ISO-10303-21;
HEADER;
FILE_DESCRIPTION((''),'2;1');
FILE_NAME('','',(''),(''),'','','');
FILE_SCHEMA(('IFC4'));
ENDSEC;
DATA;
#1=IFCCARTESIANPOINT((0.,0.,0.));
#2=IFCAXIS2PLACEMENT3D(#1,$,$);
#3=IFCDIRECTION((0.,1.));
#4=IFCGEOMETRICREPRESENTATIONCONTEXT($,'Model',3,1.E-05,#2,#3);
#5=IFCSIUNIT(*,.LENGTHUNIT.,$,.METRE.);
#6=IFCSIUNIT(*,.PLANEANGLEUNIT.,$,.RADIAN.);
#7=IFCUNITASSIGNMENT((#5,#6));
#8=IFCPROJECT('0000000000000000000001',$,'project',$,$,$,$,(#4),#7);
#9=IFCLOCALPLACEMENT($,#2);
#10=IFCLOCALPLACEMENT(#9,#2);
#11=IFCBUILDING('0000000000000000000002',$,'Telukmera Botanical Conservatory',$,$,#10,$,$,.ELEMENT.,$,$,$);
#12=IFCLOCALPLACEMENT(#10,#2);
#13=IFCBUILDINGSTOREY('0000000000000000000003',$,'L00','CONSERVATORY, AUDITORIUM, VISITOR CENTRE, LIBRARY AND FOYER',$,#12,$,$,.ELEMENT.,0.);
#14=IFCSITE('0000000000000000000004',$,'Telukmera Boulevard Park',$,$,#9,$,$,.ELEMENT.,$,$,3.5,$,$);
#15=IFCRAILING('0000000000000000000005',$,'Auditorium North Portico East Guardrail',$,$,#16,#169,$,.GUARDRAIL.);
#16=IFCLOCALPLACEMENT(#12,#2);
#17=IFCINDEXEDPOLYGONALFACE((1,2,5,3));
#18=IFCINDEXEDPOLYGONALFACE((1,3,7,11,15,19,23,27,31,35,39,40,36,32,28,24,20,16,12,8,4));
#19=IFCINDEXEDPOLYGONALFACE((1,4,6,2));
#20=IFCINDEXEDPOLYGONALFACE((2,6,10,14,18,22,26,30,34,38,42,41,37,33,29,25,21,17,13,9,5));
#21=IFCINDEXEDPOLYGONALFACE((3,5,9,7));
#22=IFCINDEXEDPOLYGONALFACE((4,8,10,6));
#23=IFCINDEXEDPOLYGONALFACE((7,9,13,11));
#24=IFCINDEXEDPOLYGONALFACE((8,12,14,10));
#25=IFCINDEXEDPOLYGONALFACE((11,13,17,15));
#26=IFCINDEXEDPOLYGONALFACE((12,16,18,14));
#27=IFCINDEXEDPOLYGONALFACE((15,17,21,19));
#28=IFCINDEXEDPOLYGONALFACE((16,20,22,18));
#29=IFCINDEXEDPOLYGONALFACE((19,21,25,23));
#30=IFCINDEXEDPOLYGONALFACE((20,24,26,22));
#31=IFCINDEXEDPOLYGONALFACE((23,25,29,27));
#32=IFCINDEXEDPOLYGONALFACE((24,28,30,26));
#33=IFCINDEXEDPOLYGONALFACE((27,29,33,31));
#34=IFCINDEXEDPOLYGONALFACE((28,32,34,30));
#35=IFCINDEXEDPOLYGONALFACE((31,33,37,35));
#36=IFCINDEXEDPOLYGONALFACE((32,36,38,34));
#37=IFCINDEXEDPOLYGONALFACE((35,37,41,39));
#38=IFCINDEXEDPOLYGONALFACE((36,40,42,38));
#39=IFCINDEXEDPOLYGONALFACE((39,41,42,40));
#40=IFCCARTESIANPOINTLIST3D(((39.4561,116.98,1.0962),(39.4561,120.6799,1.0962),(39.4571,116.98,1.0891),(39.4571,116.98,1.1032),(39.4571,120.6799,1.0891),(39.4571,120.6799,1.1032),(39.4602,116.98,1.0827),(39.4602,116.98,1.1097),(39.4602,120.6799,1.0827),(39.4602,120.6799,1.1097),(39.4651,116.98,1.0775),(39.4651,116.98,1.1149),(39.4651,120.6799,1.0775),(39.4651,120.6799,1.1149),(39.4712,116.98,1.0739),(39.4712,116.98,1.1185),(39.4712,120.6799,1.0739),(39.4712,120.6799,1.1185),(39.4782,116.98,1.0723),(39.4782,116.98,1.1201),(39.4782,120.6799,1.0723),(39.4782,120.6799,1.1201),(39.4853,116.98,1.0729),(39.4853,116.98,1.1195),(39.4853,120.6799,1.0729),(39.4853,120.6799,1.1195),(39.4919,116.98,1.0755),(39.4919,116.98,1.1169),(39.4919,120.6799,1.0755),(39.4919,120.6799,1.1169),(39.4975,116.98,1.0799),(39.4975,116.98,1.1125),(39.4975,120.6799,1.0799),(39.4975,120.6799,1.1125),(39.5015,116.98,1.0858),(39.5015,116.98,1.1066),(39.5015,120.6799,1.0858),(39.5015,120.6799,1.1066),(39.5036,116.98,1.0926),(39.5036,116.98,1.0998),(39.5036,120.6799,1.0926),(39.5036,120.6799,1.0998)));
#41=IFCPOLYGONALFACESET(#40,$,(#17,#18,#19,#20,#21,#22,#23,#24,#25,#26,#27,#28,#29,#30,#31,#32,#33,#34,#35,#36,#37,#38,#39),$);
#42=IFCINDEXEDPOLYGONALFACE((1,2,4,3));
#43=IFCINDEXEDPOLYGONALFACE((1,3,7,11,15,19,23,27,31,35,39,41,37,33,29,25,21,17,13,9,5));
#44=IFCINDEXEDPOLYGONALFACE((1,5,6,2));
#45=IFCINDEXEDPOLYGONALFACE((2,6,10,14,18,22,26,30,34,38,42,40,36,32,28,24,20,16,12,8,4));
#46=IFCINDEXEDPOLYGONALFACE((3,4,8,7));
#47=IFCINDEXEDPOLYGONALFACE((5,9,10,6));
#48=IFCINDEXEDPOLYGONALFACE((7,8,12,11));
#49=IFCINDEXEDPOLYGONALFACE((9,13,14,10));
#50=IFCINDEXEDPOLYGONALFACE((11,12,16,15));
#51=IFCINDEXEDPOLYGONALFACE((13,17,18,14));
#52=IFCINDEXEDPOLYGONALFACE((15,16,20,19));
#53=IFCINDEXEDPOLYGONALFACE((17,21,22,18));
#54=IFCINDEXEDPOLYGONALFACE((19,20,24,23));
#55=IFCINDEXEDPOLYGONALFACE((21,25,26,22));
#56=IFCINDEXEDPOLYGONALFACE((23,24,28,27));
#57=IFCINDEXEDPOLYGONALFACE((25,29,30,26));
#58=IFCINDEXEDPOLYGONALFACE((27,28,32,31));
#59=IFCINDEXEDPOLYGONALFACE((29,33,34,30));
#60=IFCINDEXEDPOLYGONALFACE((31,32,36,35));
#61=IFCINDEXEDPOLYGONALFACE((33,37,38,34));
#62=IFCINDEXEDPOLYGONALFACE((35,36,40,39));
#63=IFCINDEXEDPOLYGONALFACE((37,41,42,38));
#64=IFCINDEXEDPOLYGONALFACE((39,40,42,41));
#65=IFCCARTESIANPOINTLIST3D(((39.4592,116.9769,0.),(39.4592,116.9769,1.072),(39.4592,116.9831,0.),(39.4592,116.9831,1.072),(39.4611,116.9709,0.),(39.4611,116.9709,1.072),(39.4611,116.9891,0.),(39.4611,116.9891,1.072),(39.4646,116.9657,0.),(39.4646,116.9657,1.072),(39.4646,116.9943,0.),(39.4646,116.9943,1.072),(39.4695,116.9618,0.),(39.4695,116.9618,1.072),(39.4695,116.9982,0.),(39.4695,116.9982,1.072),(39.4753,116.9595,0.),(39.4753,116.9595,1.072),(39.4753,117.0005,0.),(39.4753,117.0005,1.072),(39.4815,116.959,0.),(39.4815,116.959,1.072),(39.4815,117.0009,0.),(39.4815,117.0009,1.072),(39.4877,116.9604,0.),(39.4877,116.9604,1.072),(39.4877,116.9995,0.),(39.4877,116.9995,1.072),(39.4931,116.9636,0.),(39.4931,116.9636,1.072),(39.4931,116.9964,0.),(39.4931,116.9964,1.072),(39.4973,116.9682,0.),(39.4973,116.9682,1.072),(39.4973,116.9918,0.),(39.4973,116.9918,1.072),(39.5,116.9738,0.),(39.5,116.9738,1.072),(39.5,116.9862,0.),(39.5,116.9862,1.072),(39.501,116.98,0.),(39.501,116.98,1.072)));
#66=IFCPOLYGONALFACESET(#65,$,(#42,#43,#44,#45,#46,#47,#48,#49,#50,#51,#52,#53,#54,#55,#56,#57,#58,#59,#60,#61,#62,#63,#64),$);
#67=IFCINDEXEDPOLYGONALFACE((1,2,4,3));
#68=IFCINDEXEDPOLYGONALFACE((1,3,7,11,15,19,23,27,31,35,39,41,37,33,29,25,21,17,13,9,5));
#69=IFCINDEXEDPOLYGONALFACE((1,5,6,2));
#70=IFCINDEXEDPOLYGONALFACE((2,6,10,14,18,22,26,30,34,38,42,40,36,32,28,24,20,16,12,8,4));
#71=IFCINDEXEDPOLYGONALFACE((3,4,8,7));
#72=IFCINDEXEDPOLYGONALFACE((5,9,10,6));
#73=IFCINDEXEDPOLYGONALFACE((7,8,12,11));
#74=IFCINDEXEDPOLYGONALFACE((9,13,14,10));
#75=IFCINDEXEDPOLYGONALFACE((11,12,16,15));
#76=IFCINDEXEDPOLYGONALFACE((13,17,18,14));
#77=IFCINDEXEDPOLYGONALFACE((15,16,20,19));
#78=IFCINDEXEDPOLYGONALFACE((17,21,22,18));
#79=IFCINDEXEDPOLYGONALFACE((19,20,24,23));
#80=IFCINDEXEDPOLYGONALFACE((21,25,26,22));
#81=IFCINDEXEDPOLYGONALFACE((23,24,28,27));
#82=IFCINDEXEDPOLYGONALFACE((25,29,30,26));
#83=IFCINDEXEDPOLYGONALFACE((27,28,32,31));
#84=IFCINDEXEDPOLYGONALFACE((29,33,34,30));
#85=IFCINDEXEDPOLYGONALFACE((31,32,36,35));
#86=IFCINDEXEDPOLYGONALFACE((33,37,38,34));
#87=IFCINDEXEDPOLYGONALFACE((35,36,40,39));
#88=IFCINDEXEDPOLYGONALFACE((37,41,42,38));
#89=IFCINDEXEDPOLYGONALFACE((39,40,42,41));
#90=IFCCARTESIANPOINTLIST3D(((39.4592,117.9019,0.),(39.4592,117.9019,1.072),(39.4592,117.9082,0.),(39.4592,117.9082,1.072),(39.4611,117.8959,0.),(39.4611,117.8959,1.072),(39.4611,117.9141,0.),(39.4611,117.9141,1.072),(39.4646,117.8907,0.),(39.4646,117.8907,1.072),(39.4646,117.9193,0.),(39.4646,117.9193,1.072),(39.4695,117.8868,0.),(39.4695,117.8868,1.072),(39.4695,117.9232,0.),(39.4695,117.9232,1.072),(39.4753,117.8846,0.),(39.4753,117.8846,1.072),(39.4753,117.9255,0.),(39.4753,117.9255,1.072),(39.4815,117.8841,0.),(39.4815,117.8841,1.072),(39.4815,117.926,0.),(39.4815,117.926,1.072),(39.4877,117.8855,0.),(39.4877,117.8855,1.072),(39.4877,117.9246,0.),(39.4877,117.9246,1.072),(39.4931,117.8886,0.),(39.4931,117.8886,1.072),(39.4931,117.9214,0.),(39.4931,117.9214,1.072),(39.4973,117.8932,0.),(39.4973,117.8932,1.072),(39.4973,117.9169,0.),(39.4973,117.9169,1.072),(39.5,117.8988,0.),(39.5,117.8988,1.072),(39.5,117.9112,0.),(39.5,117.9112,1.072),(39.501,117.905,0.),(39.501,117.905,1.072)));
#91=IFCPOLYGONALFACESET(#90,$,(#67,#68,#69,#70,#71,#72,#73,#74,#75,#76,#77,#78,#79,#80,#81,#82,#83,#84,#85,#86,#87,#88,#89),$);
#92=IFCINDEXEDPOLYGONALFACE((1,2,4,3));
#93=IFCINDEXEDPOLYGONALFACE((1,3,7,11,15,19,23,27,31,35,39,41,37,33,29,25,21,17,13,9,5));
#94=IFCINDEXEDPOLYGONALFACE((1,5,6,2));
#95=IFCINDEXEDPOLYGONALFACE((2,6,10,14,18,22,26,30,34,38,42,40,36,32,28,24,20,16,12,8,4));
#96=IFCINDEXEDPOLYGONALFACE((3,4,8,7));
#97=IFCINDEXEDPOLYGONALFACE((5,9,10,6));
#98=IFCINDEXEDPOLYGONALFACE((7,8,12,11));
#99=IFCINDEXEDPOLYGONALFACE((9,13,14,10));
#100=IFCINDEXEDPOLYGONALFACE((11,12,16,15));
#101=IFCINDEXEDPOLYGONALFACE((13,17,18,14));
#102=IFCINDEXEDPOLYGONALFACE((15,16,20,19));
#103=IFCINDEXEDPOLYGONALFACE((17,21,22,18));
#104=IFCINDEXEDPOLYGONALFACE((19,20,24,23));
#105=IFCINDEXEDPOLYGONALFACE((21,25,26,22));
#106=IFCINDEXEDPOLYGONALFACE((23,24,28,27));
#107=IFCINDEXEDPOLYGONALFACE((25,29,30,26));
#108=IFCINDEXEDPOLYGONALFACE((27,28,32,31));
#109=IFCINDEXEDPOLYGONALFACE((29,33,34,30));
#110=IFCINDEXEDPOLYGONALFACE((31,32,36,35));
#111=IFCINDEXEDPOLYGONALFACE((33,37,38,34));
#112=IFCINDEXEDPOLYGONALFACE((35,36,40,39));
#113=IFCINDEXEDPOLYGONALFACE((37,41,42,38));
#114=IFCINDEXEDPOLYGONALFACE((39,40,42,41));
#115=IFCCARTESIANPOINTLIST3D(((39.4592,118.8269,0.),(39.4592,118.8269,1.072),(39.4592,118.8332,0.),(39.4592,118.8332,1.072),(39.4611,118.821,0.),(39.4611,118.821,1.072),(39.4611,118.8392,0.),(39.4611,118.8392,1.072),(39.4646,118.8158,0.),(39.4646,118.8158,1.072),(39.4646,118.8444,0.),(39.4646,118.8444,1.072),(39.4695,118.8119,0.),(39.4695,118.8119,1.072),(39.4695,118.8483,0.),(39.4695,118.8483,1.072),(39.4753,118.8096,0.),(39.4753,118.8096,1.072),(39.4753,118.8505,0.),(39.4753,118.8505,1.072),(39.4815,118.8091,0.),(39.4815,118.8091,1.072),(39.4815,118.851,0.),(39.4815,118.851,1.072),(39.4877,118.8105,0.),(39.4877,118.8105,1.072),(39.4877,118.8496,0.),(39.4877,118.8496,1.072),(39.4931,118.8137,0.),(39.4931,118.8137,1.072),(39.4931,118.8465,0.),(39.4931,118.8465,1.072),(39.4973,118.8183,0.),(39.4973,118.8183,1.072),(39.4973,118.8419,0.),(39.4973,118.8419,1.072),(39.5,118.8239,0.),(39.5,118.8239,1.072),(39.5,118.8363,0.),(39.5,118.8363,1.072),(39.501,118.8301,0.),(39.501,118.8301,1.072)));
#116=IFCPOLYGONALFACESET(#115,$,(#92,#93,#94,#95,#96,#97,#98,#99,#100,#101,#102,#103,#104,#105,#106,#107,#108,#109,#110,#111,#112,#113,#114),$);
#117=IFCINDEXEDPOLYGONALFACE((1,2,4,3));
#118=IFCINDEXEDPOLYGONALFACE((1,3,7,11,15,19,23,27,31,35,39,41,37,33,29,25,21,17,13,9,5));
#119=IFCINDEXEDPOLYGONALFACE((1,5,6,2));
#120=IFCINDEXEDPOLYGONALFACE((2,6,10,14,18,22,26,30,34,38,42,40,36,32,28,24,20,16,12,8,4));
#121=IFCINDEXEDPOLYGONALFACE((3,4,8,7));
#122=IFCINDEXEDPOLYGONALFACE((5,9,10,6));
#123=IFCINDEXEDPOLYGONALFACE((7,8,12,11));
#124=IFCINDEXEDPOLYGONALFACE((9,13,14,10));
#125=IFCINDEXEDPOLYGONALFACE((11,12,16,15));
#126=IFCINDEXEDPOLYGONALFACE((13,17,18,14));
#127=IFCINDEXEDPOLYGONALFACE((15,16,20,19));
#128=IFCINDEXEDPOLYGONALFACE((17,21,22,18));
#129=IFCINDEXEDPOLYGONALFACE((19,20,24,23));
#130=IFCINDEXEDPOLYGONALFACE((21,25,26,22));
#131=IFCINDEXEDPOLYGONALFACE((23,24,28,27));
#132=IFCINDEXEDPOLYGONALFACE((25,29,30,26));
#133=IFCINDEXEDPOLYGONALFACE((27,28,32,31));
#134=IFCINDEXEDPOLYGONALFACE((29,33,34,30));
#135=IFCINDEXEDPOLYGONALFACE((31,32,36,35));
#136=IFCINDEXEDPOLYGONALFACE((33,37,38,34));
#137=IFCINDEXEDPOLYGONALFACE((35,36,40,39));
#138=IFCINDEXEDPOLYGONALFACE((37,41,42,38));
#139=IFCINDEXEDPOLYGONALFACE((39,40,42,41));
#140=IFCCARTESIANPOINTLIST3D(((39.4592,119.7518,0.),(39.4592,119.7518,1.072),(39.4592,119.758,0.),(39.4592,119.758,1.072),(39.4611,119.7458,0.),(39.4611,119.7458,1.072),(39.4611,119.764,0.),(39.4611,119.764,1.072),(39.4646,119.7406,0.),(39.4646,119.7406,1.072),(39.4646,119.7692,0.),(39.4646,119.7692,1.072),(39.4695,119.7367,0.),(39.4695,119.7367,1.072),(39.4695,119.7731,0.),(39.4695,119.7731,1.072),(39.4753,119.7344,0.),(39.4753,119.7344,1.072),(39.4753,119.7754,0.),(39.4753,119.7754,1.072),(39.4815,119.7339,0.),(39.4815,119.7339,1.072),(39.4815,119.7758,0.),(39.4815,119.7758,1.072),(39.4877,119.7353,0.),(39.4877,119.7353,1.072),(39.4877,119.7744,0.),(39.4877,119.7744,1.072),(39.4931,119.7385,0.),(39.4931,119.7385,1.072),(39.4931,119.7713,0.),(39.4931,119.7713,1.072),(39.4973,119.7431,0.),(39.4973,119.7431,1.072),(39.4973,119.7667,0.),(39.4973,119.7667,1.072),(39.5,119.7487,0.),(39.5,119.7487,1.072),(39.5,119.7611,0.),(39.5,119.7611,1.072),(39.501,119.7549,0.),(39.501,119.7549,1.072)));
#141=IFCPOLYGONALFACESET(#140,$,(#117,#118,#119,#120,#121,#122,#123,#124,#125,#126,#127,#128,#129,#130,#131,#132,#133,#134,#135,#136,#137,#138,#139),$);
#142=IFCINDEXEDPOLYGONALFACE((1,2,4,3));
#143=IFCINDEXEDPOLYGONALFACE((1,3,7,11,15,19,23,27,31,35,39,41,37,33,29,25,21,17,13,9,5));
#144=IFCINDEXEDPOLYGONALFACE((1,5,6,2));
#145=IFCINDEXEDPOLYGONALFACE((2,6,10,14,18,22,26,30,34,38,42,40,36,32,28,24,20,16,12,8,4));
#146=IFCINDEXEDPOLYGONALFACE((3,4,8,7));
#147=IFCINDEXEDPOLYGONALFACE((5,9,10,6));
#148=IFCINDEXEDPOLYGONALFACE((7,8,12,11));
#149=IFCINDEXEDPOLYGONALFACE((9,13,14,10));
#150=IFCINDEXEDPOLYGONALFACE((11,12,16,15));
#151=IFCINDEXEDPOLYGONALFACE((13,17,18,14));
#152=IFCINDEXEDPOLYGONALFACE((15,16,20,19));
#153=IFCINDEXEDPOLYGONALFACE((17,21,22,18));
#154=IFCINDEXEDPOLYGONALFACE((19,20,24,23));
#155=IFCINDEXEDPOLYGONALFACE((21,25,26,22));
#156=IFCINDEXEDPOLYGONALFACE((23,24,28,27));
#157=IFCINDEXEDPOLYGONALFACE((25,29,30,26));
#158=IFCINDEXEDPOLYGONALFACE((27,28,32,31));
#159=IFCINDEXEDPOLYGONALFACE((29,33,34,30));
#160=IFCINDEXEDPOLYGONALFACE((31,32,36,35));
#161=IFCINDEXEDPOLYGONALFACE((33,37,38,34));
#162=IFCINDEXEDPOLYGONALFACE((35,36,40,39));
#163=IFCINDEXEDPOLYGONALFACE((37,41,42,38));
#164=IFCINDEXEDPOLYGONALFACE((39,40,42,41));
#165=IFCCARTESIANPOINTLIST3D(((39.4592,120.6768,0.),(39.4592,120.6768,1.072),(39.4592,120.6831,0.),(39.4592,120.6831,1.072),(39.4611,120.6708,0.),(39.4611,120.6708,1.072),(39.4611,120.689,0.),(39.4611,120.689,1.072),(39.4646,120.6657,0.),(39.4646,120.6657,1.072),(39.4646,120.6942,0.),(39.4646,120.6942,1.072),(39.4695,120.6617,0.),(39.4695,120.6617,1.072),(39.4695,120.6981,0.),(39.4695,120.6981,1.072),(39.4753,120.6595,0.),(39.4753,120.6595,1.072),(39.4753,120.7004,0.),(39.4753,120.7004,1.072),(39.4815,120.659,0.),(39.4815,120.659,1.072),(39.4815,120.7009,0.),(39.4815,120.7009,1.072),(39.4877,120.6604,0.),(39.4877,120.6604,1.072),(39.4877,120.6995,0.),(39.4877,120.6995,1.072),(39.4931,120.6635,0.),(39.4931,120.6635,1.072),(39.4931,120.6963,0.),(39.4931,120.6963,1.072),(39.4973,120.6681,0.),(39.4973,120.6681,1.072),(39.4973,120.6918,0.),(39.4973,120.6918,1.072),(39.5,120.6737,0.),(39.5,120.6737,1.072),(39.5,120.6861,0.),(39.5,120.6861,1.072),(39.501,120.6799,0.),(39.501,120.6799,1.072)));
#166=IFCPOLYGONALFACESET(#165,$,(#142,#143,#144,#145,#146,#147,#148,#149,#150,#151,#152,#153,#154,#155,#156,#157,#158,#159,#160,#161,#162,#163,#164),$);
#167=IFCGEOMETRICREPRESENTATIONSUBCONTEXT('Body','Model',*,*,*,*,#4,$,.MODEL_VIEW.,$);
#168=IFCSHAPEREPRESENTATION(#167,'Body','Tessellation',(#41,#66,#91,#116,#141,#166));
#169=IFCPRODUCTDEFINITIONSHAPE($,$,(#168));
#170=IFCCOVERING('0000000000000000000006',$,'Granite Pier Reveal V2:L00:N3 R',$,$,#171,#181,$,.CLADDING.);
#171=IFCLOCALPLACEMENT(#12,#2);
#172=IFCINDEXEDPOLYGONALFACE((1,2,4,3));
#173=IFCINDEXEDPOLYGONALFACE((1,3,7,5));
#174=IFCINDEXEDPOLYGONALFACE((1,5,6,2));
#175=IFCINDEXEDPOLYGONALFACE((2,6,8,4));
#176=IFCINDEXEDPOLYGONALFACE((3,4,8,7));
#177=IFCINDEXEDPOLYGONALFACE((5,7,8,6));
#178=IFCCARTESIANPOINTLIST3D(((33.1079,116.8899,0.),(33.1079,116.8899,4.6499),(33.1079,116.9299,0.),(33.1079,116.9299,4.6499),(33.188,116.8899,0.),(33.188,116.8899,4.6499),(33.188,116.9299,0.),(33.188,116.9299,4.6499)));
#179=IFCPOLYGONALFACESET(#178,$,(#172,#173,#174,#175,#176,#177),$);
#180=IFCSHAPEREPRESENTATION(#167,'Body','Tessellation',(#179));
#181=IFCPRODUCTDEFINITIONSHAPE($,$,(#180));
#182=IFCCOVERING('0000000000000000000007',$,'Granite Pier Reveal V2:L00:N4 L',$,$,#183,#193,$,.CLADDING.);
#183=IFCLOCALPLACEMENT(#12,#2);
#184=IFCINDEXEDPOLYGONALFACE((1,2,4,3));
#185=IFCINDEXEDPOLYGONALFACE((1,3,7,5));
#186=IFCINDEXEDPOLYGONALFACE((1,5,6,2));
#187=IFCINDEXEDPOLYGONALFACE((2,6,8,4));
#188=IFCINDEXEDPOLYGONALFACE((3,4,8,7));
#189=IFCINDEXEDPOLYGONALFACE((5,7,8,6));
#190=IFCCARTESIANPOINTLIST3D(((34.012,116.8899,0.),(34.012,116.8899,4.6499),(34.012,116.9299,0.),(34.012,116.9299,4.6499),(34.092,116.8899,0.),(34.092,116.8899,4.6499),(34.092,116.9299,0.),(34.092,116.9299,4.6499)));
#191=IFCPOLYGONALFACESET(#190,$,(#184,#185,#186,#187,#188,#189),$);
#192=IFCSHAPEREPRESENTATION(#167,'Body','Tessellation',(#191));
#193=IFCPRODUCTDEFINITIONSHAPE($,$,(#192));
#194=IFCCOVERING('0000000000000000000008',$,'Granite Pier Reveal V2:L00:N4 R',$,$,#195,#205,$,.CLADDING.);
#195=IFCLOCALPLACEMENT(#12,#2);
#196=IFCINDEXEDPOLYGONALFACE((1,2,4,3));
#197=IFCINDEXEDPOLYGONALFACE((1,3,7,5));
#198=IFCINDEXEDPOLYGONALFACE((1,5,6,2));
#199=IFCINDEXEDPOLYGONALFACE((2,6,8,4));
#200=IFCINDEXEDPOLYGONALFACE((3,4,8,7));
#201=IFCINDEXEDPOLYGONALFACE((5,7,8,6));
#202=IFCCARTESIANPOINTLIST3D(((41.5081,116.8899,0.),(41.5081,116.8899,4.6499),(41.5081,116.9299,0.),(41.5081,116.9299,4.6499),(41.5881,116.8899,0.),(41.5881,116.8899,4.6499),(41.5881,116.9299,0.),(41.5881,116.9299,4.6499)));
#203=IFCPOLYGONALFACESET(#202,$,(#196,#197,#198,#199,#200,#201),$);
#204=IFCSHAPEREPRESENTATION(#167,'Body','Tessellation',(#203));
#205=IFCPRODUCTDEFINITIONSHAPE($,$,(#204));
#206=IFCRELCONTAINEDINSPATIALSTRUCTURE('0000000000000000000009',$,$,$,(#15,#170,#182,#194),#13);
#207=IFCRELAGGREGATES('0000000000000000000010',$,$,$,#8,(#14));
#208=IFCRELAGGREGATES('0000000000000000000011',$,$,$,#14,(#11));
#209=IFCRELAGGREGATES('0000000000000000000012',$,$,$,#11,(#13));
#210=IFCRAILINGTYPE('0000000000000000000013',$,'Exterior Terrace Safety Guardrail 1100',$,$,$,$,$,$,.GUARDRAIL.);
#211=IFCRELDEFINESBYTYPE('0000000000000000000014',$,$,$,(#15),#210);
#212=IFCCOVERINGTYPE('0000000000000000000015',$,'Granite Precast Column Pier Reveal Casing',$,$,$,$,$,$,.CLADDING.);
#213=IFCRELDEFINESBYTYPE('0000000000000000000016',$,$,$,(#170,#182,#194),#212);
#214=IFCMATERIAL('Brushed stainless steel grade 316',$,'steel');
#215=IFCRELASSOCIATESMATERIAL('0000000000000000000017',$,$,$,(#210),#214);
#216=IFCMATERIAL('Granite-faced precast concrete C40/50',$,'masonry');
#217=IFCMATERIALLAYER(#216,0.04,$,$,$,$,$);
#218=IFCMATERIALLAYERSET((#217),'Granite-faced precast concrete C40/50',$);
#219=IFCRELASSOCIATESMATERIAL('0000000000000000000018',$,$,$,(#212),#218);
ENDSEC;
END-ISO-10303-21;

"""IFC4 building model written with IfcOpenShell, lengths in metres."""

from ifc_helpers import new_model, si_unit, direction, frame, origin, origin_2d, place, context, subcontext, project, spatial, rectangle, circle, extrude, material, layer, layer_set, type_object, element, save


model = new_model("IFC4")

# Units and contexts
model_context = context("Model", 3, precision=1e-05, world=origin(), true_north=direction((0.0, 1.0)))
body_context = subcontext(model_context, "Body", "Model", "MODEL_VIEW")
ifc_project = project(units=[si_unit("LENGTHUNIT", "METRE"), si_unit("PLANEANGLEUNIT", "RADIAN")], contexts=[model_context])

# Site, building, storey
site_placement = place(None, origin())
site = spatial("IfcSite", under=ifc_project, at=site_placement, Name="Telukmera Boulevard Park", CompositionType="ELEMENT", RefElevation=3.5)
building_placement = place(site_placement, origin())
building = spatial("IfcBuilding", under=site, at=building_placement, Name="Telukmera Botanical Conservatory", CompositionType="ELEMENT")
storey_placement = place(building_placement, origin())
storey = spatial("IfcBuildingStorey", under=building, at=storey_placement, Name="L00", Description="CONSERVATORY, AUDITORIUM, VISITOR CENTRE, LIBRARY AND FOYER", CompositionType="ELEMENT", Elevation=0.0)

# Railing
ifc_material_1 = material(Name="Brushed stainless steel grade 316", Category="steel")
railing_type = type_object("IfcRailingType", Name="Exterior Terrace Safety Guardrail 1100", PredefinedType="GUARDRAIL", material=ifc_material_1)
railing_placement = place(storey_placement, frame((39.48, 116.98, 0.0)))
element("IfcRailing", 1, at=railing_placement, inside=storey, type_object=railing_type, Name="Auditorium North Portico East Guardrail", PredefinedType="GUARDRAIL", context=body_context, shape_type="SweptSolid", body=[
    extrude(circle(Radius=0.0239, at=origin_2d()), frame((0.0, 0.0, 1.0962), z_axis=(0.0, 1.0, 0.0), x_axis=(-1.0, 0.0, 0.0)), (0.0, 0.0, 1.0), 3.7),
    extrude(circle(Radius=0.021, at=origin_2d()), origin(), (0.0, 0.0, 1.0), 1.072),
    extrude(circle(Radius=0.021, at=origin_2d()), frame((0.0, 0.925, 0.0)), (0.0, 0.0, 1.0), 1.072),
    extrude(circle(Radius=0.021, at=origin_2d()), frame((0.0, 1.8501, 0.0)), (0.0, 0.0, 1.0), 1.072),
    extrude(circle(Radius=0.021, at=origin_2d()), frame((0.0, 2.7749, 0.0)), (0.0, 0.0, 1.0), 1.072),
    extrude(circle(Radius=0.021, at=origin_2d()), frame((0.0, 3.7, 0.0)), (0.0, 0.0, 1.0), 1.072),
])

# Coverings
ifc_material_2 = material(Name="Granite-faced precast concrete C40/50", Category="masonry")
ifc_layer_1 = layer(ifc_material_2, 0.04)
ifc_layer_set_1 = layer_set([ifc_layer_1], Name="Granite-faced precast concrete C40/50")
covering_type = type_object("IfcCoveringType", Name="Granite Precast Column Pier Reveal Casing", PredefinedType="CLADDING", material=ifc_layer_set_1)
for number, where, z_axis, x_axis, name in (
    (2, (33.1479, 116.9099, 0.0), (0.0, 0.0, 1.0), (1.0, 0.0, 0.0), "Granite Pier Reveal V2:L00:N3 R"),
    (3, (34.052, 116.9099, 0.0), (0.0, 0.0, 1.0), (1.0, 0.0, 0.0), "Granite Pier Reveal V2:L00:N4 L"),
    (4, (41.5481, 116.9099, 0.0), (0.0, 0.0, 1.0), (1.0, 0.0, 0.0), "Granite Pier Reveal V2:L00:N4 R"),
):
    element("IfcCovering", number, at=place(storey_placement, frame(where, z_axis=z_axis, x_axis=x_axis)), inside=storey, type_object=covering_type, Name=name, PredefinedType="CLADDING", context=body_context, shape_type="SweptSolid", body=[
        extrude(rectangle(XDim=0.0801, YDim=0.04, at=origin_2d()), origin(), (0.0, 0.0, 1.0), 4.6499),
    ])

save(model, "model.ifc")
